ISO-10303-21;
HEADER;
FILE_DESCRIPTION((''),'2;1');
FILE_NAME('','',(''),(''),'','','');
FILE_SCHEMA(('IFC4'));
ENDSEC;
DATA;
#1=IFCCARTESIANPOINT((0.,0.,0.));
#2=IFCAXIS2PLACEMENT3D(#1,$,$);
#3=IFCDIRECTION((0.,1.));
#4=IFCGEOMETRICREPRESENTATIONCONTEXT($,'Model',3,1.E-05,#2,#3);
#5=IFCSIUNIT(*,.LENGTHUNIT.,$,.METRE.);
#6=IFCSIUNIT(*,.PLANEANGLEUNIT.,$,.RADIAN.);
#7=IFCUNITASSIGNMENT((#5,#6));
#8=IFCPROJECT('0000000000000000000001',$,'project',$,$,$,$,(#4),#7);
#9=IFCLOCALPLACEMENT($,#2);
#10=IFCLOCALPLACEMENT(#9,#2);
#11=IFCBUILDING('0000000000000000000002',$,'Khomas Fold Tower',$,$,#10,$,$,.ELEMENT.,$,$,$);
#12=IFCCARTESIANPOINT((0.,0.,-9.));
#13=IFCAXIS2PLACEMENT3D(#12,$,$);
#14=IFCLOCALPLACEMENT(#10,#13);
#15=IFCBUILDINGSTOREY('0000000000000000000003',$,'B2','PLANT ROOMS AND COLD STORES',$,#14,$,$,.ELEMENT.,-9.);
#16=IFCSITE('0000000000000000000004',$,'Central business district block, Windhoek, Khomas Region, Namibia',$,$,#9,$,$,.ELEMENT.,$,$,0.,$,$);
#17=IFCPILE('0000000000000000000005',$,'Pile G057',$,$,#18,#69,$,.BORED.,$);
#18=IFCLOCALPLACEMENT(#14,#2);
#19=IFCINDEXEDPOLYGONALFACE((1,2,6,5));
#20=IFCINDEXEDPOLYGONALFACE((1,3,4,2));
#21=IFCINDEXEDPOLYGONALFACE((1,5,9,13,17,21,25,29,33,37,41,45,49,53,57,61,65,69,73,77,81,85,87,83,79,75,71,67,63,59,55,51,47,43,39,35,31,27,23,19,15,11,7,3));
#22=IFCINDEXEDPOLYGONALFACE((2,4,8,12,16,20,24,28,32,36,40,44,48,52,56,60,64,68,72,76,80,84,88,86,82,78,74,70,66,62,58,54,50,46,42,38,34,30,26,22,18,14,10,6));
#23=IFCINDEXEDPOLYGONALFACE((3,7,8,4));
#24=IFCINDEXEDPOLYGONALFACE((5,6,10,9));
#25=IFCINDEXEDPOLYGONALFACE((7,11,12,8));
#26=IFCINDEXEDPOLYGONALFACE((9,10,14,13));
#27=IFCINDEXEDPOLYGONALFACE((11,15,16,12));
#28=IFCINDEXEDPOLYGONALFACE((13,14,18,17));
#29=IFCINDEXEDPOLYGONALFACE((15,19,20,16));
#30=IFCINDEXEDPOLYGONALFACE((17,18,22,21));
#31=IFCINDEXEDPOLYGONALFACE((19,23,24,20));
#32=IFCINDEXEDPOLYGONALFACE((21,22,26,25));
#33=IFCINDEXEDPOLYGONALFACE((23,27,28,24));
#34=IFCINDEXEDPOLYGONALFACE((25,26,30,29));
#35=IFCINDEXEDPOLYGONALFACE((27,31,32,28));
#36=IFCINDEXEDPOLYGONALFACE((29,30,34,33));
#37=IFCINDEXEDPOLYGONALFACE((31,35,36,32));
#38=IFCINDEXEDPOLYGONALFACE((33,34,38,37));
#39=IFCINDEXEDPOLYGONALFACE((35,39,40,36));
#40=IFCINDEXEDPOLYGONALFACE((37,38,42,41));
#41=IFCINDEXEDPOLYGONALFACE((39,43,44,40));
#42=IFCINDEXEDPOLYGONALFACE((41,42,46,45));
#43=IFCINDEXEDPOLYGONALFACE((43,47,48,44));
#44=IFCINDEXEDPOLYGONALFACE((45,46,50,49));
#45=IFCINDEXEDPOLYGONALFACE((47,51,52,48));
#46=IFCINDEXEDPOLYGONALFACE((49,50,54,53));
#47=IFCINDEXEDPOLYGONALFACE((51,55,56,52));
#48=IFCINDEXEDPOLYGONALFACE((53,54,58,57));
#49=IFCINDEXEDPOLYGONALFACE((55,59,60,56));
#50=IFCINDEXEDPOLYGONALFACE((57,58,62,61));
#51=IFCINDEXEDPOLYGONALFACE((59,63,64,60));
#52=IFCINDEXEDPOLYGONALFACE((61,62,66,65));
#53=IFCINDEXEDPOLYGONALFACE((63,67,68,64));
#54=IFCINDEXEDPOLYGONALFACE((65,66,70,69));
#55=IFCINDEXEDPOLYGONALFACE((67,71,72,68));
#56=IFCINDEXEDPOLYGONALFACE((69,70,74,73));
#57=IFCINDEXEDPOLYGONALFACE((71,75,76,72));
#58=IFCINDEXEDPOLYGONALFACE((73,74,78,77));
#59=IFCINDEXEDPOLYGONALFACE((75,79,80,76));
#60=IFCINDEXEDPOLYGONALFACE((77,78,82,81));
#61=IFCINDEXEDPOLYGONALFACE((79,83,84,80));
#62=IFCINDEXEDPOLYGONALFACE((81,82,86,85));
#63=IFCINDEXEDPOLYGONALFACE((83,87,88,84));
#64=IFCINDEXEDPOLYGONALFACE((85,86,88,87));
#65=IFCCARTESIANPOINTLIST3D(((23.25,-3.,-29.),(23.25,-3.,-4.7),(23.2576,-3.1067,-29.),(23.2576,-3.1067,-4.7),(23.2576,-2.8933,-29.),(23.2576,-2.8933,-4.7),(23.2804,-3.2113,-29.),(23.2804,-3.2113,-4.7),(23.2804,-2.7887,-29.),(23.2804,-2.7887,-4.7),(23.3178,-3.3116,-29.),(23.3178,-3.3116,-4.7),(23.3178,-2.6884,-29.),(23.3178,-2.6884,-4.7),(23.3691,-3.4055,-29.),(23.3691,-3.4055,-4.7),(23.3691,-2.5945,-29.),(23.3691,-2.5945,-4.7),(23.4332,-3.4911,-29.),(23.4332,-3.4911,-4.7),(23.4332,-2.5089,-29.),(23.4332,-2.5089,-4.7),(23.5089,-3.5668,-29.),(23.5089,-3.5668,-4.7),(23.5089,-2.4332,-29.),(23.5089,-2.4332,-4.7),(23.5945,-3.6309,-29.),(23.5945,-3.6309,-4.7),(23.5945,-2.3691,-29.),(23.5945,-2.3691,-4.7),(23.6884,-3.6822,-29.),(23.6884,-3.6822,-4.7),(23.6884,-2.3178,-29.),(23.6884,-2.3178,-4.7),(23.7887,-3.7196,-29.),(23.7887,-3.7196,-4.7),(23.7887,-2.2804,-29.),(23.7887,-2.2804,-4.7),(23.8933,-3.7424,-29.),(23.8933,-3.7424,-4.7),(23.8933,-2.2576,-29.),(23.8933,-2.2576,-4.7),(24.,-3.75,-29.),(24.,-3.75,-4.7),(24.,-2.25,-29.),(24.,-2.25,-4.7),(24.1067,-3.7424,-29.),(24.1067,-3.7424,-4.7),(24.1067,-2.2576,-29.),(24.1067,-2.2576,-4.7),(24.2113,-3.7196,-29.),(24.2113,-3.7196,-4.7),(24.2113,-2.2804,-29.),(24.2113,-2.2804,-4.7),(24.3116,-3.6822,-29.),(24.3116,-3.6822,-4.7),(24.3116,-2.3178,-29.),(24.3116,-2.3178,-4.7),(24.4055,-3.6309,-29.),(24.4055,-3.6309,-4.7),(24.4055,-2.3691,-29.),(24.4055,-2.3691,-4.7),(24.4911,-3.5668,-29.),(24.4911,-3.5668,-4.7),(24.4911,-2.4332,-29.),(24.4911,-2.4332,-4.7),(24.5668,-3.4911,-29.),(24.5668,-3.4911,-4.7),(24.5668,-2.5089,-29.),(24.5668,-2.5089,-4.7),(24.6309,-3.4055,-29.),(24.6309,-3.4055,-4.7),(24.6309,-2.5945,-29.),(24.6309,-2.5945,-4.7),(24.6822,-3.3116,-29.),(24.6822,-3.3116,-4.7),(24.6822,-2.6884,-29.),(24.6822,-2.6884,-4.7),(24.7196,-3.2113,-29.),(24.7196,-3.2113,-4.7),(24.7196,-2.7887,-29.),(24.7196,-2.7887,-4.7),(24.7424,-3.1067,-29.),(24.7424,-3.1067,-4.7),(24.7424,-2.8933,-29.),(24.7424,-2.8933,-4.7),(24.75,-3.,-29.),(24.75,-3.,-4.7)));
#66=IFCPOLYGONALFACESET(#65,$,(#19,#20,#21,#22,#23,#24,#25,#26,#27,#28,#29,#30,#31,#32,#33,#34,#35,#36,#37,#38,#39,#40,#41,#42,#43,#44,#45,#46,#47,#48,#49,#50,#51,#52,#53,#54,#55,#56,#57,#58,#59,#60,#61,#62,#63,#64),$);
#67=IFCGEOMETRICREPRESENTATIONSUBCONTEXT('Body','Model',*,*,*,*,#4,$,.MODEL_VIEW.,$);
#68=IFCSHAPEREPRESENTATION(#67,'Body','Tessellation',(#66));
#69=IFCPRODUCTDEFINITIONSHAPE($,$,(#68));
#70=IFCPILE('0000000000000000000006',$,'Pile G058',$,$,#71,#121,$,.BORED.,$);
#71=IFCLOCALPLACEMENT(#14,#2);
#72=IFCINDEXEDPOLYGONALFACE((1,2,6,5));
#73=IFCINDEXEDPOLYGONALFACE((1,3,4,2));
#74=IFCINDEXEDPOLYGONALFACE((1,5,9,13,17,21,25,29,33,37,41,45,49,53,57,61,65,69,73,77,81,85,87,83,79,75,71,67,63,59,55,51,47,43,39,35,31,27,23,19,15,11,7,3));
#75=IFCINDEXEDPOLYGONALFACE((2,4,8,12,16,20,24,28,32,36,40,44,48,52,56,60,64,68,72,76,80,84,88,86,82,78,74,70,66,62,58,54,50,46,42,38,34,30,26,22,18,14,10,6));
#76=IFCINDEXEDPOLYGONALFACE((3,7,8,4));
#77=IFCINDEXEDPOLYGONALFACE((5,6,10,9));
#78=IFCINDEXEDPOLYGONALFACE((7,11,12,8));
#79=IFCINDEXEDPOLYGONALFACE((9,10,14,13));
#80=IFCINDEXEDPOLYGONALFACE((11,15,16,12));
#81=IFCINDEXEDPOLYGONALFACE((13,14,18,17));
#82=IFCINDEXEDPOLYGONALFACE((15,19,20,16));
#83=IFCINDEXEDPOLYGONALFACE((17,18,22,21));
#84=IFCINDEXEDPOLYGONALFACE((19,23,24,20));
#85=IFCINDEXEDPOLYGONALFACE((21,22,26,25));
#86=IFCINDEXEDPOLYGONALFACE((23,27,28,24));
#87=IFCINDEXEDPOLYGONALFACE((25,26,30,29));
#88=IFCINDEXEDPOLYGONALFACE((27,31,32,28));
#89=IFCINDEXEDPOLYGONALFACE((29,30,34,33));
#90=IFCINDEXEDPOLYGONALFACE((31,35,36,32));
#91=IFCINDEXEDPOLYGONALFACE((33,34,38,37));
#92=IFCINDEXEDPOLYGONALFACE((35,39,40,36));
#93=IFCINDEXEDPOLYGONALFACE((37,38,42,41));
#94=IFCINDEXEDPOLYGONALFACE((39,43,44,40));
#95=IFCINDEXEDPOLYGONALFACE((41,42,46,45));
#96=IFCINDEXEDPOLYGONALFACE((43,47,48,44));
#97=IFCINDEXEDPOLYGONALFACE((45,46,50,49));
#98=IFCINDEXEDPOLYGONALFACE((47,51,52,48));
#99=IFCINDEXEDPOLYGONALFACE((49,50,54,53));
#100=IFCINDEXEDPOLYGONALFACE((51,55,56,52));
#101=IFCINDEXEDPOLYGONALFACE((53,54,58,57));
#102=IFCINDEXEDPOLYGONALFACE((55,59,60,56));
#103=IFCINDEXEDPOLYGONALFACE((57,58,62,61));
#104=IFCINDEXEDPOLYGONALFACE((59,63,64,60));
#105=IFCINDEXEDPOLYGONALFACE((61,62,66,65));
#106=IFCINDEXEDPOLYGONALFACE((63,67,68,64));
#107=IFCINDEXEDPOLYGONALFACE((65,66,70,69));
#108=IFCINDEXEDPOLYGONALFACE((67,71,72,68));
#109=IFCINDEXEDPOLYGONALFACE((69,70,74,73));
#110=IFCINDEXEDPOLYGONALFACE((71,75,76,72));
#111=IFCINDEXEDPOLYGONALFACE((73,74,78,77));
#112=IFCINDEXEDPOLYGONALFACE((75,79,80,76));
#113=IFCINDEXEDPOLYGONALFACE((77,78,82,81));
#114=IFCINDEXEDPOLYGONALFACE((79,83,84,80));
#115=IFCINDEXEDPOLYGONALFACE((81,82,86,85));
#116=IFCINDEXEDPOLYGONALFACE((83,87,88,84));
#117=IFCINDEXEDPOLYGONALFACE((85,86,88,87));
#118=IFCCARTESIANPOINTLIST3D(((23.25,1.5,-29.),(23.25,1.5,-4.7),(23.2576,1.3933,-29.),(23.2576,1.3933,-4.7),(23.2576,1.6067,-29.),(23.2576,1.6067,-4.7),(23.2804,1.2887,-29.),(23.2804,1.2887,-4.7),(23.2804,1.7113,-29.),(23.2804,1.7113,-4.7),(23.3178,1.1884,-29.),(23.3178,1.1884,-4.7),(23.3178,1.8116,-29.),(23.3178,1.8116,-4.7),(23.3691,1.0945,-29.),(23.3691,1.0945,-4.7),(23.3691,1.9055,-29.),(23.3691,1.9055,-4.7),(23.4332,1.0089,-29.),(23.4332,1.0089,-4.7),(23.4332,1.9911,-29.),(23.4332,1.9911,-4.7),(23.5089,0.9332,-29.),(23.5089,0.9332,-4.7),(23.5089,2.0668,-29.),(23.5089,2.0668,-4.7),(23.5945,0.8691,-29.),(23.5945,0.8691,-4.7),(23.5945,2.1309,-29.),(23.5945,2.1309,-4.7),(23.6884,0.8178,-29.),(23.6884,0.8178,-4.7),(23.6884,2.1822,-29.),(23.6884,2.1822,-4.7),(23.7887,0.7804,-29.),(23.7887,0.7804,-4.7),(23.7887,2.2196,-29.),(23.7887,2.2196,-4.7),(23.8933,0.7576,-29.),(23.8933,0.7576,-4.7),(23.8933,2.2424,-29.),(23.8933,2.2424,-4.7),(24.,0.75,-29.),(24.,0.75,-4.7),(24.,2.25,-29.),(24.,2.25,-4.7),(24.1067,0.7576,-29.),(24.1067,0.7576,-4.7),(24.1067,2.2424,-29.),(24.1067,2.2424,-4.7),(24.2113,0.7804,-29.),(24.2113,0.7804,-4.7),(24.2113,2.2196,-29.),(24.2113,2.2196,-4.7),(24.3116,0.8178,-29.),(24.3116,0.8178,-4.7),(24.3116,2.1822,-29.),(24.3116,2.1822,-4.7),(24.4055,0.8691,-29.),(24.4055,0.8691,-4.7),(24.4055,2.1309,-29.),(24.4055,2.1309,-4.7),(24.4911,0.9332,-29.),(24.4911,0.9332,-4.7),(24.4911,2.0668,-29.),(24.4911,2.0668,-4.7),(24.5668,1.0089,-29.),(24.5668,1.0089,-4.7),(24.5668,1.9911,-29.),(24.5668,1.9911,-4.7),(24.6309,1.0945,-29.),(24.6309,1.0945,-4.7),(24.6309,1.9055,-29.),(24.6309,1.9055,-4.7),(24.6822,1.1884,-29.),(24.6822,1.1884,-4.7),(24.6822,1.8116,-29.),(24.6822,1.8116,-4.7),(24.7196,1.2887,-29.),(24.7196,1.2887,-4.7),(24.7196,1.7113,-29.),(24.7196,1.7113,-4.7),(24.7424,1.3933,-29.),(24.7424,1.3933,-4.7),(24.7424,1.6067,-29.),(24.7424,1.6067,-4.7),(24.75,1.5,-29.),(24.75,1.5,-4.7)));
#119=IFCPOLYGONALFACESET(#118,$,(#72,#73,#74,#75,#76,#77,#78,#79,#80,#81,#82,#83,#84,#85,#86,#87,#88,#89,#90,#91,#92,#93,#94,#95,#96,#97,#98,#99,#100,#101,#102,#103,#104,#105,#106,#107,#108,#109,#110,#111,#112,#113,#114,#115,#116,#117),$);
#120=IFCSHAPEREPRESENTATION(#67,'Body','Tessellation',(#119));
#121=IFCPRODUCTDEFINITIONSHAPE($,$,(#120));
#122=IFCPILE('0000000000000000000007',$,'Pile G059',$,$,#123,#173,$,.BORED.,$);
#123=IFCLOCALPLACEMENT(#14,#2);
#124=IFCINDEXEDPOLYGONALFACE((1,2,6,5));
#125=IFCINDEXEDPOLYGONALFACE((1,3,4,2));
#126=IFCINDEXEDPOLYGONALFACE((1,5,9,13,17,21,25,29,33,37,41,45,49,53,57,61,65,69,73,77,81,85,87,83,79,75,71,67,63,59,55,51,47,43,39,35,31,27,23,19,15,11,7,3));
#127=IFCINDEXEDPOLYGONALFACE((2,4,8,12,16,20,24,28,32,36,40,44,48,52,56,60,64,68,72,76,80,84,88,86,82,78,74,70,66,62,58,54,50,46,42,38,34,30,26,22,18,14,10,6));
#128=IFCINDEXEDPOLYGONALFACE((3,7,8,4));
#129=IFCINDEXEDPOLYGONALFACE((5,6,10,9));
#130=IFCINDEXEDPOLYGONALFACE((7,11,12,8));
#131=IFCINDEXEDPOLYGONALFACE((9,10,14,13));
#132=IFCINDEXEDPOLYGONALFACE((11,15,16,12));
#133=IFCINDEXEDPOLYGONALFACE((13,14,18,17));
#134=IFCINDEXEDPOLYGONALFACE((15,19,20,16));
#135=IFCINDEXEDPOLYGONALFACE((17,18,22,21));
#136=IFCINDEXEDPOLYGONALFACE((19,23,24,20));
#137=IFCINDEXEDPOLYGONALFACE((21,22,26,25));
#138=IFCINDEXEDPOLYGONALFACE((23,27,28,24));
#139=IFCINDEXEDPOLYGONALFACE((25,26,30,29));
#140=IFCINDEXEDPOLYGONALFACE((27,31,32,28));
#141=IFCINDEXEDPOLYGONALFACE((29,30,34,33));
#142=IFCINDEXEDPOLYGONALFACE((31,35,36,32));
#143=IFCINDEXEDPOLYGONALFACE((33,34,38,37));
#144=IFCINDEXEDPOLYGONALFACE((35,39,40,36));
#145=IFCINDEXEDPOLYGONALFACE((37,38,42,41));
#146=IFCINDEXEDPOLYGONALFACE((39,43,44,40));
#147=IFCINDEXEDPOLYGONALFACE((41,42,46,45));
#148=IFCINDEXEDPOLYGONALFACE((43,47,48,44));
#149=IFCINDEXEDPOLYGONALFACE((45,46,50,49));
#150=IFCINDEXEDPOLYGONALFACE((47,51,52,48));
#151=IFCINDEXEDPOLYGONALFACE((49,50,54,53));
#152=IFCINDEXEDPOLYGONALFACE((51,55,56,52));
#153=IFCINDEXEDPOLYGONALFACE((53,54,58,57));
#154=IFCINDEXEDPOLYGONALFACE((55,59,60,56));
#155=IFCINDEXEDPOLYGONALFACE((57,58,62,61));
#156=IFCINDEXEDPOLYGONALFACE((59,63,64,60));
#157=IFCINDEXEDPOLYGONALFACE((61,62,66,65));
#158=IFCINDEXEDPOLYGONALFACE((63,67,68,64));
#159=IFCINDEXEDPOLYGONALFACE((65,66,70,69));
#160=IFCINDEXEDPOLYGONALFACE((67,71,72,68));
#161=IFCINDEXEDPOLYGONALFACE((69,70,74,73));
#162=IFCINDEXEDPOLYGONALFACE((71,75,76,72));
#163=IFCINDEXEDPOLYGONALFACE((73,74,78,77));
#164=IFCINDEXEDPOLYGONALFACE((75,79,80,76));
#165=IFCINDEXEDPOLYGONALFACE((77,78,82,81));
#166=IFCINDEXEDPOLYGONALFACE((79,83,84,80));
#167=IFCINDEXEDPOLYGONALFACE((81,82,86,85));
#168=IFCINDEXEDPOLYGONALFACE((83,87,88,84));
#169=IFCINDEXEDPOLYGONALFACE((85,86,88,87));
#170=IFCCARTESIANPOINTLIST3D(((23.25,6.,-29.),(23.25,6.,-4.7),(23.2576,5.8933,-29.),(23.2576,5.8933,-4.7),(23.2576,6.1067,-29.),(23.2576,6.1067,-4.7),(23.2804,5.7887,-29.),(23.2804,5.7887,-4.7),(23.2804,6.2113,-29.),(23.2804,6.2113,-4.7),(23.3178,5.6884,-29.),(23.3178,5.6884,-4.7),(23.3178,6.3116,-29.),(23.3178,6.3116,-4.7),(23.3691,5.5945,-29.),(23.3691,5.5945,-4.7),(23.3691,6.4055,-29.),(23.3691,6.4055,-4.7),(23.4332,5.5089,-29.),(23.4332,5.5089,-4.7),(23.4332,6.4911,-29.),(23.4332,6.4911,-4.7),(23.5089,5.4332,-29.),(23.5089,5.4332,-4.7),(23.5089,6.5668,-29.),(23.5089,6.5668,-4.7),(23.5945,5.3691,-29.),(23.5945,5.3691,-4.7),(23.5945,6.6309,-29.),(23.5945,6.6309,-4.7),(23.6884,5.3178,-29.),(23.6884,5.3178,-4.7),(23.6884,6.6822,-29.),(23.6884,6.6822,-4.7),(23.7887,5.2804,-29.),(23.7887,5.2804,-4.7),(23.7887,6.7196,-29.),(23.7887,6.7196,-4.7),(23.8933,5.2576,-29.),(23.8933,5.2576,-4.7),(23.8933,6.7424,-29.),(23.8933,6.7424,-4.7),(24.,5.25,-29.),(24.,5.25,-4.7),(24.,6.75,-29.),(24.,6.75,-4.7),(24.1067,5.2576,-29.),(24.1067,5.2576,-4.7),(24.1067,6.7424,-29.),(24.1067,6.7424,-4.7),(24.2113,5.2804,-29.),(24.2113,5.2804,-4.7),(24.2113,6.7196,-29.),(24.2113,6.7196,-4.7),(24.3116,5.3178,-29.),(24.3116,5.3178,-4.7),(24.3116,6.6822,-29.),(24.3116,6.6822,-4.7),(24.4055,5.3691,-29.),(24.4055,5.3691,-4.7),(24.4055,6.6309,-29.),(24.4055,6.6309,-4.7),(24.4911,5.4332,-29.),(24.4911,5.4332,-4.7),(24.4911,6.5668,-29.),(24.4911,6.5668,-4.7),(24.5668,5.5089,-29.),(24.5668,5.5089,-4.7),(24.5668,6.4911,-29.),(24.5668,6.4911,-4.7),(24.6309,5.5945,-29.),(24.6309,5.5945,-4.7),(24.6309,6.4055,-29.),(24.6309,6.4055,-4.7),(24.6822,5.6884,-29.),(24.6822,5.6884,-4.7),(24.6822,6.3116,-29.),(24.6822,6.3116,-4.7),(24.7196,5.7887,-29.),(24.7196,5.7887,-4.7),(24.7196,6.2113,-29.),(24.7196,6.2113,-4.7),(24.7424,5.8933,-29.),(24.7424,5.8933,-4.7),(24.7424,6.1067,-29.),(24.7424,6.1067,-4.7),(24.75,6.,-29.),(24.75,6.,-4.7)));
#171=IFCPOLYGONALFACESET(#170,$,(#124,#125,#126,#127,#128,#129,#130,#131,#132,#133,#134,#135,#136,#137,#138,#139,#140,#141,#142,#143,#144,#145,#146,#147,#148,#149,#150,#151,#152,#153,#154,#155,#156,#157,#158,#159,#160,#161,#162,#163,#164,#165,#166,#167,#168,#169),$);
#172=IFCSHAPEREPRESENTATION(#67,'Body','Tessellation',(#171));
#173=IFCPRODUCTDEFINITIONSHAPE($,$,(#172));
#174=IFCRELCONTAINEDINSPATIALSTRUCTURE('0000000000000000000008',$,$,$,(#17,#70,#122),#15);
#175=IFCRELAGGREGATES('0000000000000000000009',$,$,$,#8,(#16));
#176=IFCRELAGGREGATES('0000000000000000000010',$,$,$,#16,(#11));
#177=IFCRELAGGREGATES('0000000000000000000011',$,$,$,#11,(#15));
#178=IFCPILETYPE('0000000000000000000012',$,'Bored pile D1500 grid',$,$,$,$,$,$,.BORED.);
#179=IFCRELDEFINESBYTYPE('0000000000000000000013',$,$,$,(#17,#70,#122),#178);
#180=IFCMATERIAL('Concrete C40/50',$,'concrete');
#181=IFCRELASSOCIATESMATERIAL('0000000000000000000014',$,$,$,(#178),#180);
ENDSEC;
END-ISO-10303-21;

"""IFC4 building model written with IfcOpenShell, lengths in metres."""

from ifc_helpers import new_model, si_unit, direction, frame, origin, origin_2d, place, context, subcontext, project, spatial, circle, extrude, source, transform, mapped, material, material_profile, profile_set, type_object, element, save


model = new_model("IFC4")

# Units and contexts
model_context = context("Model", 3, precision=1e-05, world=origin(), true_north=direction((0.0, 1.0)))
body_context = subcontext(model_context, "Body", "Model", "MODEL_VIEW")
ifc_project = project(units=[si_unit("LENGTHUNIT", "METRE"), si_unit("PLANEANGLEUNIT", "RADIAN")], contexts=[model_context])

# Site, building, storey
site_placement = place(None, origin())
site = spatial("IfcSite", under=ifc_project, at=site_placement, Name="Central business district block, Windhoek, Khomas Region, Namibia", CompositionType="ELEMENT", RefElevation=0.0)
building_placement = place(site_placement, origin())
building = spatial("IfcBuilding", under=site, at=building_placement, Name="Khomas Fold Tower", CompositionType="ELEMENT")
storey_placement = place(building_placement, frame((0.0, 0.0, -9.0)))
storey = spatial("IfcBuildingStorey", under=building, at=storey_placement, Name="B2", Description="PLANT ROOMS AND COLD STORES", CompositionType="ELEMENT", Elevation=-9.0)

# Piles
ifc_material_1 = material(Name="Concrete C40/50", Category="concrete")
ifc_material_profile_1 = material_profile(ifc_material_1, circle(Radius=0.75, at=origin_2d()), Name="PILE D1500")
ifc_profile_set_1 = profile_set([ifc_material_profile_1], Name="Concrete C40/50")
pile_type = type_object("IfcPileType", Name="Bored pile D1500 grid", PredefinedType="BORED", material=ifc_profile_set_1)
shared_shape_1 = source(origin(), body_context, "Body", "SweptSolid", [
    extrude(circle(Radius=0.75, at=origin_2d()), origin(), (0.0, 0.0, 1.0), 24.3),
])
for number, where, z_axis, x_axis, name in (
    (1, (24.0, -3.0, -4.7), (0.0, 0.0, -1.0), (1.0, 0.0, 0.0), "Pile G057"),
    (2, (24.0, 1.5, -4.7), (0.0, 0.0, -1.0), (1.0, 0.0, 0.0), "Pile G058"),
    (3, (24.0, 6.0, -4.7), (0.0, 0.0, -1.0), (1.0, 0.0, 0.0), "Pile G059"),
):
    element("IfcPile", number, at=place(storey_placement, frame(where, z_axis=z_axis, x_axis=x_axis)), inside=storey, type_object=pile_type, Name=name, PredefinedType="BORED", context=body_context, shape_type="MappedRepresentation", body=[
        mapped(shared_shape_1, transform((0.0, 0.0, 0.0))),
    ])

save(model, "model.ifc")
